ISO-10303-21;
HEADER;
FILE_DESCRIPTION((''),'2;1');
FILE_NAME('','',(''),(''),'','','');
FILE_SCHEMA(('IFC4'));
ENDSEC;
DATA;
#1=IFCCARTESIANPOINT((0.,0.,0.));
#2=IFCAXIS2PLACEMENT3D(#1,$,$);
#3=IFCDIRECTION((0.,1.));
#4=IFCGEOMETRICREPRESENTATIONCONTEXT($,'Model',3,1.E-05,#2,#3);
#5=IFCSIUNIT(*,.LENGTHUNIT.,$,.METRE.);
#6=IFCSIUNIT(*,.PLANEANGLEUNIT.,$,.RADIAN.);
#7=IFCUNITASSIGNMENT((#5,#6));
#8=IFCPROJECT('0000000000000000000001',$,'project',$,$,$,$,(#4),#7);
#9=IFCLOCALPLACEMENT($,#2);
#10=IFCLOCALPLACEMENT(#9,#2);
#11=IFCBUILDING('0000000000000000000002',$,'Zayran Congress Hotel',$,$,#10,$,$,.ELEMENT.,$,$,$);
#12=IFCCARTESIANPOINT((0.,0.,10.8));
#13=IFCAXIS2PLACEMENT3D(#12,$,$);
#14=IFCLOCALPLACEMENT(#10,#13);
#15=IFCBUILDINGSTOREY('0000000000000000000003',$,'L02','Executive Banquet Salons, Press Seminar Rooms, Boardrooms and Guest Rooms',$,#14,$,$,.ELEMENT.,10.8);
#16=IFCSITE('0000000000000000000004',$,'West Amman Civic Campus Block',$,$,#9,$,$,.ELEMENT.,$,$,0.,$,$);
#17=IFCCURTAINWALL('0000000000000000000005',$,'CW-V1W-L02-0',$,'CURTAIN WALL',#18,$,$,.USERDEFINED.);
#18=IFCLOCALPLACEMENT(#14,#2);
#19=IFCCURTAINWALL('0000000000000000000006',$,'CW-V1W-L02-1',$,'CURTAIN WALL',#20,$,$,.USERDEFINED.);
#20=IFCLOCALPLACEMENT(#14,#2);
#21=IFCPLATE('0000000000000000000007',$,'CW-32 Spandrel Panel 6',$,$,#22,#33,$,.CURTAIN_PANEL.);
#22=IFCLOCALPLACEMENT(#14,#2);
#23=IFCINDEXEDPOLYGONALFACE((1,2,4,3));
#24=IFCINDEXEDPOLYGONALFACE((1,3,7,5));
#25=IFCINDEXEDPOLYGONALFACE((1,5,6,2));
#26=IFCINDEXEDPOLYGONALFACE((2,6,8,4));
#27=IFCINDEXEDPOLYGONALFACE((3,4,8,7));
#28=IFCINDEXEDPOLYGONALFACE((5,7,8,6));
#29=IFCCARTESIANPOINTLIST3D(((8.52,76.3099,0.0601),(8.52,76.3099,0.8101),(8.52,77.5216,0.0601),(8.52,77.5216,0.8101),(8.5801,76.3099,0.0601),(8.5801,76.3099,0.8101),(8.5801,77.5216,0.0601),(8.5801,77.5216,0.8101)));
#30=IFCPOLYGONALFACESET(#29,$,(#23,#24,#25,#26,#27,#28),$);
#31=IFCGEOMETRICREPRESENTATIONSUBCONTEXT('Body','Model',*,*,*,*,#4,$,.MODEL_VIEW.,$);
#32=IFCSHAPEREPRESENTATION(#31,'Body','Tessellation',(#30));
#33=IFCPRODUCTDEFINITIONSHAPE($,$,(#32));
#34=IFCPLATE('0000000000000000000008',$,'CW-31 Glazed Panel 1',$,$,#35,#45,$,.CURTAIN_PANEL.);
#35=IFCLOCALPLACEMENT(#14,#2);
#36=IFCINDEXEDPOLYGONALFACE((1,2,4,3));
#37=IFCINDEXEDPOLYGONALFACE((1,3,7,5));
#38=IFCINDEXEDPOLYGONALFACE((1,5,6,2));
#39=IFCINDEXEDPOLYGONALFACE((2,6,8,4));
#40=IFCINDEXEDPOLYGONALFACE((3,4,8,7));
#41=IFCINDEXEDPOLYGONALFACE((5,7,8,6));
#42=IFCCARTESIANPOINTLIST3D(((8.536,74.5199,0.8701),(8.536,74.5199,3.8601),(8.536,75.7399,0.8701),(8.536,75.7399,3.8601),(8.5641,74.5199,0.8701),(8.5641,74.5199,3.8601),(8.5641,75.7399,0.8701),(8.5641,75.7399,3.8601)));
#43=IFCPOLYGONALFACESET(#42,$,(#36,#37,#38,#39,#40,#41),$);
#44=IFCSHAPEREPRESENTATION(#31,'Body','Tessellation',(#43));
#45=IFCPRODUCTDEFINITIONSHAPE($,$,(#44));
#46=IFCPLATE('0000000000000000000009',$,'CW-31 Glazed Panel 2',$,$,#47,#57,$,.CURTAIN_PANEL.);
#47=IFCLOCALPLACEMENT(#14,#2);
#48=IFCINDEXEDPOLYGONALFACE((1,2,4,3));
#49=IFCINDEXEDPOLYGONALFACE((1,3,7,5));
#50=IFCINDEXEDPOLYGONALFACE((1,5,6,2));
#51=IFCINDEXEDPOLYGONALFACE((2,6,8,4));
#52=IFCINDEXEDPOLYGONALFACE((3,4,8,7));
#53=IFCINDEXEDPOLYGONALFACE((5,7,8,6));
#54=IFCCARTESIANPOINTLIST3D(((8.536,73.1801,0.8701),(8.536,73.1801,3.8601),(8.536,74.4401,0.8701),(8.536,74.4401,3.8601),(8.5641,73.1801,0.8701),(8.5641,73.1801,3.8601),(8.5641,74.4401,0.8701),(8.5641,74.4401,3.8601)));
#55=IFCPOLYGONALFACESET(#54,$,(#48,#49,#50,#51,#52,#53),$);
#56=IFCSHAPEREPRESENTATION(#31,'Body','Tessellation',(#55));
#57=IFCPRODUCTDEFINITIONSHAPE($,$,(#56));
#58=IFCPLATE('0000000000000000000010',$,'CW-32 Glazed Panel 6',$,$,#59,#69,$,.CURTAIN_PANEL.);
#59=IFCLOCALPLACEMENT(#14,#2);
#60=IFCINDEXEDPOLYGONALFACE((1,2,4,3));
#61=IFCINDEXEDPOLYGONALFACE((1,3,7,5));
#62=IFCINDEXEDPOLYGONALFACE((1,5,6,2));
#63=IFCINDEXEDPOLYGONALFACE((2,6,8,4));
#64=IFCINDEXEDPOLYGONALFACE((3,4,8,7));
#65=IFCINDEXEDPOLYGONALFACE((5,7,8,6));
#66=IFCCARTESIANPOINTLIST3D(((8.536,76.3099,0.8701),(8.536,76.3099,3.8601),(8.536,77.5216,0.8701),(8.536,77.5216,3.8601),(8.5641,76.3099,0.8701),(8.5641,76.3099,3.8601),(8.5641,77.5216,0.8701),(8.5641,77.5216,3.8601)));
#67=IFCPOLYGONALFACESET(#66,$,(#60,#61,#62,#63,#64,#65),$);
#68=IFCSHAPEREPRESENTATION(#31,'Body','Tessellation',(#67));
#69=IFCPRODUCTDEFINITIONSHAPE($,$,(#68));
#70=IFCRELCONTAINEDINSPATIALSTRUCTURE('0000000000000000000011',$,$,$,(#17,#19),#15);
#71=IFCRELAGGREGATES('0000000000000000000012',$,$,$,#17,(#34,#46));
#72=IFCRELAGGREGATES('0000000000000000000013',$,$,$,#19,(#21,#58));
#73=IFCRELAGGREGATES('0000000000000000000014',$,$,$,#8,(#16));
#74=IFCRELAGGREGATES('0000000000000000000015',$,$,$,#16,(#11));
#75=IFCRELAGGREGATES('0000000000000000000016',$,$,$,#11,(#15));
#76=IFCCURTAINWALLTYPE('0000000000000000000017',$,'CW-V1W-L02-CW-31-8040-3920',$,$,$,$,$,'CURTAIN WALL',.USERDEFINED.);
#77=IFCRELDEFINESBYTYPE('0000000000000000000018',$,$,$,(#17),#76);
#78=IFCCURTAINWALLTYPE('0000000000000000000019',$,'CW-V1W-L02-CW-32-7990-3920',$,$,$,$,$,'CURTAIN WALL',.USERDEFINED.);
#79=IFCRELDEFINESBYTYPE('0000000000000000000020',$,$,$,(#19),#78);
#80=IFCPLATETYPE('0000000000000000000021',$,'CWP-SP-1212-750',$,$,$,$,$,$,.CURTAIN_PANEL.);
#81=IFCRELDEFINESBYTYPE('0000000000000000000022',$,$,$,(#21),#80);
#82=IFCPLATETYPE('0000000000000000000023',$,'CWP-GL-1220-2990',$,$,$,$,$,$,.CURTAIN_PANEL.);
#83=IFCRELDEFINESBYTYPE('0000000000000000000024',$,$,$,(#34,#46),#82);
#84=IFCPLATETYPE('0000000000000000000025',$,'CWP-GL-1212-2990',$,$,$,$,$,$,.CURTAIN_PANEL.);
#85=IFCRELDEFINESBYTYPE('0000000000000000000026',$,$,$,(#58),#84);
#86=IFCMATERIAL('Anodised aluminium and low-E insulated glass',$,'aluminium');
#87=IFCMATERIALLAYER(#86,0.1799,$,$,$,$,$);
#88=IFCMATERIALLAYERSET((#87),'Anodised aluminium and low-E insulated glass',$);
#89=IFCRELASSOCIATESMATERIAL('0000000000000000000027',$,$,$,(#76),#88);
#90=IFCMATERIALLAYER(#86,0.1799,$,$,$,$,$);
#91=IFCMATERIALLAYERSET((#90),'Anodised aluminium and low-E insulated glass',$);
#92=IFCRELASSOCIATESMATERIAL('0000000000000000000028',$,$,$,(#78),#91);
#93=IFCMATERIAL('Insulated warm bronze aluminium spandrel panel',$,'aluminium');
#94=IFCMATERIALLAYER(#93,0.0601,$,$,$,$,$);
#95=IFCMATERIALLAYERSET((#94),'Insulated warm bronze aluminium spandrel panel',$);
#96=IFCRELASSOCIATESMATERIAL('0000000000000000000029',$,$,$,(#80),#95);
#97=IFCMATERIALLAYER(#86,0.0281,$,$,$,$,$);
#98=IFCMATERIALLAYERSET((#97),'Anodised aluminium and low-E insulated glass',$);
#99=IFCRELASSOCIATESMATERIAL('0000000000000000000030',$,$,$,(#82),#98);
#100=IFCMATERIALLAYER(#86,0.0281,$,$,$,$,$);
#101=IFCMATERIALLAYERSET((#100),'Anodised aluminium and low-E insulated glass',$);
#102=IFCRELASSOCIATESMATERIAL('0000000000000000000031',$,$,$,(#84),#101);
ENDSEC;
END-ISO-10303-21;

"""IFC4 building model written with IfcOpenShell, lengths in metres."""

from ifc_helpers import new_model, si_unit, direction, frame, origin, origin_2d, place, context, subcontext, project, spatial, rectangle, extrude, material, layer, layer_set, type_object, element, aggregate, save


model = new_model("IFC4")

# Units and contexts
model_context = context("Model", 3, precision=1e-05, world=origin(), true_north=direction((0.0, 1.0)))
body_context = subcontext(model_context, "Body", "Model", "MODEL_VIEW")
ifc_project = project(units=[si_unit("LENGTHUNIT", "METRE"), si_unit("PLANEANGLEUNIT", "RADIAN")], contexts=[model_context])

# Site, building, storey
site_placement = place(None, origin())
site = spatial("IfcSite", under=ifc_project, at=site_placement, Name="West Amman Civic Campus Block", CompositionType="ELEMENT", RefElevation=0.0)
building_placement = place(site_placement, origin())
building = spatial("IfcBuilding", under=site, at=building_placement, Name="Zayran Congress Hotel", CompositionType="ELEMENT")
storey_placement = place(building_placement, frame((0.0, 0.0, 10.8)))
storey = spatial("IfcBuildingStorey", under=building, at=storey_placement, Name="L02", Description="Executive Banquet Salons, Press Seminar Rooms, Boardrooms and Guest Rooms", CompositionType="ELEMENT", Elevation=10.8)

# Curtain walls
ifc_material_1 = material(Name="Anodised aluminium and low-E insulated glass", Category="aluminium")
ifc_layer_1 = layer(ifc_material_1, 0.1799)
ifc_layer_set_1 = layer_set([ifc_layer_1], Name="Anodised aluminium and low-E insulated glass")
curtain_wall_type_1 = type_object("IfcCurtainWallType", Name="CW-V1W-L02-CW-31-8040-3920", ElementType="CURTAIN WALL", PredefinedType="USERDEFINED", material=ifc_layer_set_1)
curtain_wall_1_placement = place(storey_placement, origin())
curtain_wall_1 = element("IfcCurtainWall", 1, at=curtain_wall_1_placement, inside=storey, type_object=curtain_wall_type_1, Name="CW-V1W-L02-0", ObjectType="CURTAIN WALL", PredefinedType="USERDEFINED")
ifc_layer_2 = layer(ifc_material_1, 0.1799)
ifc_layer_set_2 = layer_set([ifc_layer_2], Name="Anodised aluminium and low-E insulated glass")
curtain_wall_type_2 = type_object("IfcCurtainWallType", Name="CW-V1W-L02-CW-32-7990-3920", ElementType="CURTAIN WALL", PredefinedType="USERDEFINED", material=ifc_layer_set_2)
curtain_wall_2_placement = place(storey_placement, origin())
curtain_wall_2 = element("IfcCurtainWall", 2, at=curtain_wall_2_placement, inside=storey, type_object=curtain_wall_type_2, Name="CW-V1W-L02-1", ObjectType="CURTAIN WALL", PredefinedType="USERDEFINED")

# Plates
ifc_material_2 = material(Name="Insulated warm bronze aluminium spandrel panel", Category="aluminium")
ifc_layer_3 = layer(ifc_material_2, 0.0601)
ifc_layer_set_3 = layer_set([ifc_layer_3], Name="Insulated warm bronze aluminium spandrel panel")
plate_type_1 = type_object("IfcPlateType", Name="CWP-SP-1212-750", PredefinedType="CURTAIN_PANEL", material=ifc_layer_set_3)
plate_1_placement = place(storey_placement, frame((8.55, 76.9158, 0.0601), z_axis=(0.0, 0.0, 1.0), x_axis=(0.0, 1.0, 0.0)))
plate_1 = element("IfcPlate", 3, at=plate_1_placement, type_object=plate_type_1, Name="CW-32 Spandrel Panel 6", PredefinedType="CURTAIN_PANEL", context=body_context, shape_type="SweptSolid", body=[
    extrude(rectangle(XDim=1.2117, YDim=0.0601, at=origin_2d()), origin(), (0.0, 0.0, 1.0), 0.75),
])
ifc_layer_4 = layer(ifc_material_1, 0.0281)
ifc_layer_set_4 = layer_set([ifc_layer_4], Name="Anodised aluminium and low-E insulated glass")
plate_type_2 = type_object("IfcPlateType", Name="CWP-GL-1220-2990", PredefinedType="CURTAIN_PANEL", material=ifc_layer_set_4)
plate_2_placement = place(storey_placement, frame((8.55, 75.1299, 0.8701), z_axis=(0.0, 0.0, 1.0), x_axis=(0.0, 1.0, 0.0)))
plate_2 = element("IfcPlate", 4, at=plate_2_placement, type_object=plate_type_2, Name="CW-31 Glazed Panel 1", PredefinedType="CURTAIN_PANEL", context=body_context, shape_type="SweptSolid", body=[
    extrude(rectangle(XDim=1.22, YDim=0.0281, at=origin_2d()), origin(), (0.0, 0.0, 1.0), 2.99),
])
plate_3_placement = place(storey_placement, frame((8.55, 73.8101, 0.8701), z_axis=(0.0, 0.0, 1.0), x_axis=(0.0, 1.0, 0.0)))
plate_3 = element("IfcPlate", 5, at=plate_3_placement, type_object=plate_type_2, Name="CW-31 Glazed Panel 2", PredefinedType="CURTAIN_PANEL", context=body_context, shape_type="SweptSolid", body=[
    extrude(rectangle(XDim=1.26, YDim=0.0281, at=origin_2d()), origin(), (0.0, 0.0, 1.0), 2.99),
])
aggregate(curtain_wall_1, [plate_2, plate_3])
ifc_layer_5 = layer(ifc_material_1, 0.0281)
ifc_layer_set_5 = layer_set([ifc_layer_5], Name="Anodised aluminium and low-E insulated glass")
plate_type_3 = type_object("IfcPlateType", Name="CWP-GL-1212-2990", PredefinedType="CURTAIN_PANEL", material=ifc_layer_set_5)
plate_4_placement = place(storey_placement, frame((8.55, 76.9158, 0.8701), z_axis=(0.0, 0.0, 1.0), x_axis=(0.0, 1.0, 0.0)))
plate_4 = element("IfcPlate", 6, at=plate_4_placement, type_object=plate_type_3, Name="CW-32 Glazed Panel 6", PredefinedType="CURTAIN_PANEL", context=body_context, shape_type="SweptSolid", body=[
    extrude(rectangle(XDim=1.2117, YDim=0.0281, at=origin_2d()), origin(), (0.0, 0.0, 1.0), 2.99),
])
aggregate(curtain_wall_2, [plate_1, plate_4])

save(model, "model.ifc")
